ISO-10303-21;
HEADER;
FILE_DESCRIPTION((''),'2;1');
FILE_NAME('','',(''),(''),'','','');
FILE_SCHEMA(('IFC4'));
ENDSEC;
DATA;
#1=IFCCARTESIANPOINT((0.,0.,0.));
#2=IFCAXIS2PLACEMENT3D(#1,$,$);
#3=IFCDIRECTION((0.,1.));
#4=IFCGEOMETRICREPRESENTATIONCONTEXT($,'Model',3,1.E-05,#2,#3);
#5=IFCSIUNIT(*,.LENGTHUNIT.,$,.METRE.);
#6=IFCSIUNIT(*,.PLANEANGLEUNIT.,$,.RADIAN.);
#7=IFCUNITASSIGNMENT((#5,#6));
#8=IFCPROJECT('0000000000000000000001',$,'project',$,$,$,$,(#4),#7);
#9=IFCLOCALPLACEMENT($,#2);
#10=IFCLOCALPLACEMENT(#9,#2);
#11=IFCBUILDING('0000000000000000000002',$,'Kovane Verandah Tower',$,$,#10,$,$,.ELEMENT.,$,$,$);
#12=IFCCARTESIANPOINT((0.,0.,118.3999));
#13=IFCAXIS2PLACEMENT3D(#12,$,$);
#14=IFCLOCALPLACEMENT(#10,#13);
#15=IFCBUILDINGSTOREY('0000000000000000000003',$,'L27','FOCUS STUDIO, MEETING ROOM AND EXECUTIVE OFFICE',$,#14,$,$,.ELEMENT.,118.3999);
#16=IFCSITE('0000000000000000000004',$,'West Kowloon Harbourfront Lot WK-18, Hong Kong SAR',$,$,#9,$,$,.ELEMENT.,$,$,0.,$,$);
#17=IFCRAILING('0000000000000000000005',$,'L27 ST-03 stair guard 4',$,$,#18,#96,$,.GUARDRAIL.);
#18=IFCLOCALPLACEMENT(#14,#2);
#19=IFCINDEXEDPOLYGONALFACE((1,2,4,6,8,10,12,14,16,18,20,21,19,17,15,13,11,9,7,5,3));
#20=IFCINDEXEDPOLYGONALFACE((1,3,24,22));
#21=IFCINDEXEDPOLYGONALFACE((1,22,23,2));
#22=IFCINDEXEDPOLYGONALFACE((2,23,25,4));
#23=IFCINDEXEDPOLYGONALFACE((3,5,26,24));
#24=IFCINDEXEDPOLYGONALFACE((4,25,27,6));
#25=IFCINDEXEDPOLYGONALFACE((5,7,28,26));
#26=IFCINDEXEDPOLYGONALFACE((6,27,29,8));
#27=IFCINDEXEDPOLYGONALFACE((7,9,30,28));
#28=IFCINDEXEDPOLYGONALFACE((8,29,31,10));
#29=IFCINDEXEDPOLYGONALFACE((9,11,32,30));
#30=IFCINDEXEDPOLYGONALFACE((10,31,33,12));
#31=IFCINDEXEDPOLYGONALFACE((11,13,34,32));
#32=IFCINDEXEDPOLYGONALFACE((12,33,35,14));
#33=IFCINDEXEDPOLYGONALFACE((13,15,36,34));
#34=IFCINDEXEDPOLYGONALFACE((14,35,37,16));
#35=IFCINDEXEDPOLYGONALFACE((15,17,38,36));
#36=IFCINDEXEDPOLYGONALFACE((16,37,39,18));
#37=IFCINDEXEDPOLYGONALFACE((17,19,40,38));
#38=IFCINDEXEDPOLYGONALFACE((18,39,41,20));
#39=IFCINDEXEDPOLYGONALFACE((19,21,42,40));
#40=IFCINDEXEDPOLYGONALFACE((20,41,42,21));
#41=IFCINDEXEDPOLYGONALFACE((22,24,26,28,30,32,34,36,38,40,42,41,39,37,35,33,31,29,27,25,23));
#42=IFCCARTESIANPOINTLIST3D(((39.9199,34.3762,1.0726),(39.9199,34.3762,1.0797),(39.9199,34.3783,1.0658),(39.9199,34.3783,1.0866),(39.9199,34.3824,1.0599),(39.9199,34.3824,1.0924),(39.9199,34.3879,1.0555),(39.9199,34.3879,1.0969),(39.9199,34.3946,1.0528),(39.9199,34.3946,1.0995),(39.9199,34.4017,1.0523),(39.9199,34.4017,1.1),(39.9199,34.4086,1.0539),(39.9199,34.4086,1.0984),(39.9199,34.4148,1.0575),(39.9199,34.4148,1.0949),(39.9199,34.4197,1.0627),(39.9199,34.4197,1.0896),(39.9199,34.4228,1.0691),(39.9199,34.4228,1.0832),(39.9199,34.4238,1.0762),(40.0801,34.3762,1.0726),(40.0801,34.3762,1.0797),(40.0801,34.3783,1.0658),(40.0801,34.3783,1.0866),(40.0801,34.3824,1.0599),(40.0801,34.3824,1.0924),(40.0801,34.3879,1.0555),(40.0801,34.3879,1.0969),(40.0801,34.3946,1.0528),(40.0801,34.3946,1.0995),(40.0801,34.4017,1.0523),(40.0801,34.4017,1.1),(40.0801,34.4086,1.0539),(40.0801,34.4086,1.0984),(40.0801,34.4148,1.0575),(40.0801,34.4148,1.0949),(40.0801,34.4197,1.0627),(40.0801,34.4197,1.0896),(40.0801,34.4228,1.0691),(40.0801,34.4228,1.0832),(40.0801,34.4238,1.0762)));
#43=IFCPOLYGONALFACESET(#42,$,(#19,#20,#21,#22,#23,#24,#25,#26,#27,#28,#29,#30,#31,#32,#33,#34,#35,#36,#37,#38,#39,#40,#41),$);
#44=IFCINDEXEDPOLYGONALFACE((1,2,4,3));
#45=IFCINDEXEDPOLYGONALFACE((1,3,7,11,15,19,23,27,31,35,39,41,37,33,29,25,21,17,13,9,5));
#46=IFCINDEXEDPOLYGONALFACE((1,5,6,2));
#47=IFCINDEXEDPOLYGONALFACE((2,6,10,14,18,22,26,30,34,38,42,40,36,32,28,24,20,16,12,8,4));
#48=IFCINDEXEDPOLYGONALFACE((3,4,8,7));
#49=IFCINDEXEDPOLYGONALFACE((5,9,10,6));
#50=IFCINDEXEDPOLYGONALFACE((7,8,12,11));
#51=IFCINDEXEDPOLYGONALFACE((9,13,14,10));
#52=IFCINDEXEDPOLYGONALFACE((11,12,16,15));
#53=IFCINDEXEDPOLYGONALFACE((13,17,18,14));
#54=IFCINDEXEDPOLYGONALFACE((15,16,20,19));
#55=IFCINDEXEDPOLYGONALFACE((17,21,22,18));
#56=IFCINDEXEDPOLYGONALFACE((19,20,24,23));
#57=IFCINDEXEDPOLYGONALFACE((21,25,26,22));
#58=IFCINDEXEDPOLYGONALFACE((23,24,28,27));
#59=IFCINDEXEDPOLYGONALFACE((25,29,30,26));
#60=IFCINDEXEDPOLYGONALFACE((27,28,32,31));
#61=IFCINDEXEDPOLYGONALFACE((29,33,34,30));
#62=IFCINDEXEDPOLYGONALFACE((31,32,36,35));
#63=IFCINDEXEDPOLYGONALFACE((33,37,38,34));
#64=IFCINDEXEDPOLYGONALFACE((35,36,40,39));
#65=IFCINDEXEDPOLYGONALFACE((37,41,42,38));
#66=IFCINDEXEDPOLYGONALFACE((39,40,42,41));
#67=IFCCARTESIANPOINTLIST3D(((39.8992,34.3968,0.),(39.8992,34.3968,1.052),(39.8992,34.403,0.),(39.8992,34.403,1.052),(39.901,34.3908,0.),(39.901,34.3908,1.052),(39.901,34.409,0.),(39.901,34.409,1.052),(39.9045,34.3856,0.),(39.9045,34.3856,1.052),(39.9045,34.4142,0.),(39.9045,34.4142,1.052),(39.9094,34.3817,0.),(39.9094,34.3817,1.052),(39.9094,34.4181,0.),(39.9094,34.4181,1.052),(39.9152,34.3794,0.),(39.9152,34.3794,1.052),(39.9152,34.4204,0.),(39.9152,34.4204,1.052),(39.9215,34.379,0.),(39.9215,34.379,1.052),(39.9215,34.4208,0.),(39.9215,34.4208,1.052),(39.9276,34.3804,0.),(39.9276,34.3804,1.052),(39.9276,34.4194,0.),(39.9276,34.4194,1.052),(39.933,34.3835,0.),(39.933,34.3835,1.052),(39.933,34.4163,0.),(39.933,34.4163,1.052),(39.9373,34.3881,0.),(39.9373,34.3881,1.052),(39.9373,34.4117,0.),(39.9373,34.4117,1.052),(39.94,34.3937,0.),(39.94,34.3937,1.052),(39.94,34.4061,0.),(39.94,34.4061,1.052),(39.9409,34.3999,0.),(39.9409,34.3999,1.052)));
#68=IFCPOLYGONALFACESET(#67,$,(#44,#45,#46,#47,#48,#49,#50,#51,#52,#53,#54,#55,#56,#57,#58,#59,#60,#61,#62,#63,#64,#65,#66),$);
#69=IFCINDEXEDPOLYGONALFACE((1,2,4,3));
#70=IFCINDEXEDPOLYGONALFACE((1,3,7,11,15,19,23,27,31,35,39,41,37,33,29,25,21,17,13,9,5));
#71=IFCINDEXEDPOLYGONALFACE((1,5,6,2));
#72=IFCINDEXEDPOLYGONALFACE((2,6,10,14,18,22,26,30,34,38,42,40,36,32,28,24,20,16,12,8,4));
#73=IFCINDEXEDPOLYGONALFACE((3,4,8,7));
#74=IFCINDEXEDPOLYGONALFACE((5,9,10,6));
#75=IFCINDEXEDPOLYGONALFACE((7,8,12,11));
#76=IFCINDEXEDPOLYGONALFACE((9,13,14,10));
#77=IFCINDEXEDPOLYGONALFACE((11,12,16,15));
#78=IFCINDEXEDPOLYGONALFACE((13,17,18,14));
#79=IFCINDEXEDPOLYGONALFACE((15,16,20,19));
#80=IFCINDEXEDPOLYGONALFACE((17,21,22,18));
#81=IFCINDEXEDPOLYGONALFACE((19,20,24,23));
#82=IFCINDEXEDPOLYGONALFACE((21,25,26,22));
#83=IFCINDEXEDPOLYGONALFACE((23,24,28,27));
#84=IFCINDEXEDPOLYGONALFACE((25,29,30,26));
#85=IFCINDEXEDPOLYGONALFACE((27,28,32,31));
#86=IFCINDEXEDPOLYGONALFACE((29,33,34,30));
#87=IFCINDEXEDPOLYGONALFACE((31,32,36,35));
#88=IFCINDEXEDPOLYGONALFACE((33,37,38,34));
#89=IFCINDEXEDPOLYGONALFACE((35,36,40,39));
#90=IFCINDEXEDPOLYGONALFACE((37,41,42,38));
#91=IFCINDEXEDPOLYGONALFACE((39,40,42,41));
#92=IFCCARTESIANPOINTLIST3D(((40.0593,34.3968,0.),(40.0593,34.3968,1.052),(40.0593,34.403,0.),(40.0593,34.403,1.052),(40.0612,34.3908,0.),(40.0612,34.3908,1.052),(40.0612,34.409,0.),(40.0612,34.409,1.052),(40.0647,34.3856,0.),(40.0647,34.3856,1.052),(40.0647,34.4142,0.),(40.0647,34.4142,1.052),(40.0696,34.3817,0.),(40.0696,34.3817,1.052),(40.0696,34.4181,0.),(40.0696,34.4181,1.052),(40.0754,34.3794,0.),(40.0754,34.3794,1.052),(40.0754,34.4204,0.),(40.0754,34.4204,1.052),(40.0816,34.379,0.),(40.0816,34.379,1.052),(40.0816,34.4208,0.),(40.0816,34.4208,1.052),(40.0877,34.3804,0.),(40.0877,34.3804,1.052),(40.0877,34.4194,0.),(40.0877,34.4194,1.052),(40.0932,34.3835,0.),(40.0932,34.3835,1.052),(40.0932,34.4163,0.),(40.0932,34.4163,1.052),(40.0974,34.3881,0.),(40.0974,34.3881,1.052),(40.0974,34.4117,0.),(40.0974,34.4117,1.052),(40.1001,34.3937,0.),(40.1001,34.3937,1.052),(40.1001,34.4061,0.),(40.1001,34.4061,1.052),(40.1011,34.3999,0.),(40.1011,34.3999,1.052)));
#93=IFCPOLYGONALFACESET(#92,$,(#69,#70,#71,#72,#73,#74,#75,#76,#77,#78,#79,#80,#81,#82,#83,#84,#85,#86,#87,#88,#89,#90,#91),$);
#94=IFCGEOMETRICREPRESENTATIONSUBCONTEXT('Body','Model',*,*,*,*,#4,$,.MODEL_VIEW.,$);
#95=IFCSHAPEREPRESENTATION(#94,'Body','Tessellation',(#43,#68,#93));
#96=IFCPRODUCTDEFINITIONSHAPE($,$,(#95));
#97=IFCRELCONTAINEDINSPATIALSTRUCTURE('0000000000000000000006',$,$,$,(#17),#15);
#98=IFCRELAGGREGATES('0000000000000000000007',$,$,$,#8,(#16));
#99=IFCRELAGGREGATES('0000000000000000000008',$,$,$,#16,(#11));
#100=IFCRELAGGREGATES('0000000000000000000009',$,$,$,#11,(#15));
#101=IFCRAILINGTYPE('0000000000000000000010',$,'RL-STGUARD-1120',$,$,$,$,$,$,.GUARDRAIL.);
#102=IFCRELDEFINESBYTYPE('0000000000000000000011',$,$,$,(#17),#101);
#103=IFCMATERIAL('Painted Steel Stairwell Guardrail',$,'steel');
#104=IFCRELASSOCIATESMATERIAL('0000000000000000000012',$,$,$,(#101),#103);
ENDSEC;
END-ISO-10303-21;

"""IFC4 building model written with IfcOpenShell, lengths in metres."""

from ifc_helpers import new_model, si_unit, direction, frame, origin, origin_2d, place, context, subcontext, project, spatial, circle, extrude, material, type_object, element, save


model = new_model("IFC4")

# Units and contexts
model_context = context("Model", 3, precision=1e-05, world=origin(), true_north=direction((0.0, 1.0)))
body_context = subcontext(model_context, "Body", "Model", "MODEL_VIEW")
ifc_project = project(units=[si_unit("LENGTHUNIT", "METRE"), si_unit("PLANEANGLEUNIT", "RADIAN")], contexts=[model_context])

# Site, building, storey
site_placement = place(None, origin())
site = spatial("IfcSite", under=ifc_project, at=site_placement, Name="West Kowloon Harbourfront Lot WK-18, Hong Kong SAR", CompositionType="ELEMENT", RefElevation=0.0)
building_placement = place(site_placement, origin())
building = spatial("IfcBuilding", under=site, at=building_placement, Name="Kovane Verandah Tower", CompositionType="ELEMENT")
storey_placement = place(building_placement, frame((0.0, 0.0, 118.3999)))
storey = spatial("IfcBuildingStorey", under=building, at=storey_placement, Name="L27", Description="FOCUS STUDIO, MEETING ROOM AND EXECUTIVE OFFICE", CompositionType="ELEMENT", Elevation=118.3999)

# Railing
ifc_material_1 = material(Name="Painted Steel Stairwell Guardrail", Category="steel")
railing_type_1 = type_object("IfcRailingType", Name="RL-STGUARD-1120", PredefinedType="GUARDRAIL", material=ifc_material_1)
railing_1_placement = place(storey_placement, frame((39.9199, 34.3999, 0.0)))
element("IfcRailing", 1, at=railing_1_placement, inside=storey, type_object=railing_type_1, Name="L27 ST-03 stair guard 4", PredefinedType="GUARDRAIL", context=body_context, shape_type="SweptSolid", body=[
    extrude(circle(Radius=0.0239, at=origin_2d()), frame((0.0, 0.0, 1.0762), z_axis=(1.0, 0.0, 0.0), x_axis=(0.0, 1.0, 0.0)), (0.0, 0.0, 1.0), 0.1602),
    extrude(circle(Radius=0.021, at=origin_2d()), origin(), (0.0, 0.0, 1.0), 1.052),
    extrude(circle(Radius=0.021, at=origin_2d()), frame((0.1602, 0.0, 0.0)), (0.0, 0.0, 1.0), 1.052),
])

save(model, "model.ifc")
